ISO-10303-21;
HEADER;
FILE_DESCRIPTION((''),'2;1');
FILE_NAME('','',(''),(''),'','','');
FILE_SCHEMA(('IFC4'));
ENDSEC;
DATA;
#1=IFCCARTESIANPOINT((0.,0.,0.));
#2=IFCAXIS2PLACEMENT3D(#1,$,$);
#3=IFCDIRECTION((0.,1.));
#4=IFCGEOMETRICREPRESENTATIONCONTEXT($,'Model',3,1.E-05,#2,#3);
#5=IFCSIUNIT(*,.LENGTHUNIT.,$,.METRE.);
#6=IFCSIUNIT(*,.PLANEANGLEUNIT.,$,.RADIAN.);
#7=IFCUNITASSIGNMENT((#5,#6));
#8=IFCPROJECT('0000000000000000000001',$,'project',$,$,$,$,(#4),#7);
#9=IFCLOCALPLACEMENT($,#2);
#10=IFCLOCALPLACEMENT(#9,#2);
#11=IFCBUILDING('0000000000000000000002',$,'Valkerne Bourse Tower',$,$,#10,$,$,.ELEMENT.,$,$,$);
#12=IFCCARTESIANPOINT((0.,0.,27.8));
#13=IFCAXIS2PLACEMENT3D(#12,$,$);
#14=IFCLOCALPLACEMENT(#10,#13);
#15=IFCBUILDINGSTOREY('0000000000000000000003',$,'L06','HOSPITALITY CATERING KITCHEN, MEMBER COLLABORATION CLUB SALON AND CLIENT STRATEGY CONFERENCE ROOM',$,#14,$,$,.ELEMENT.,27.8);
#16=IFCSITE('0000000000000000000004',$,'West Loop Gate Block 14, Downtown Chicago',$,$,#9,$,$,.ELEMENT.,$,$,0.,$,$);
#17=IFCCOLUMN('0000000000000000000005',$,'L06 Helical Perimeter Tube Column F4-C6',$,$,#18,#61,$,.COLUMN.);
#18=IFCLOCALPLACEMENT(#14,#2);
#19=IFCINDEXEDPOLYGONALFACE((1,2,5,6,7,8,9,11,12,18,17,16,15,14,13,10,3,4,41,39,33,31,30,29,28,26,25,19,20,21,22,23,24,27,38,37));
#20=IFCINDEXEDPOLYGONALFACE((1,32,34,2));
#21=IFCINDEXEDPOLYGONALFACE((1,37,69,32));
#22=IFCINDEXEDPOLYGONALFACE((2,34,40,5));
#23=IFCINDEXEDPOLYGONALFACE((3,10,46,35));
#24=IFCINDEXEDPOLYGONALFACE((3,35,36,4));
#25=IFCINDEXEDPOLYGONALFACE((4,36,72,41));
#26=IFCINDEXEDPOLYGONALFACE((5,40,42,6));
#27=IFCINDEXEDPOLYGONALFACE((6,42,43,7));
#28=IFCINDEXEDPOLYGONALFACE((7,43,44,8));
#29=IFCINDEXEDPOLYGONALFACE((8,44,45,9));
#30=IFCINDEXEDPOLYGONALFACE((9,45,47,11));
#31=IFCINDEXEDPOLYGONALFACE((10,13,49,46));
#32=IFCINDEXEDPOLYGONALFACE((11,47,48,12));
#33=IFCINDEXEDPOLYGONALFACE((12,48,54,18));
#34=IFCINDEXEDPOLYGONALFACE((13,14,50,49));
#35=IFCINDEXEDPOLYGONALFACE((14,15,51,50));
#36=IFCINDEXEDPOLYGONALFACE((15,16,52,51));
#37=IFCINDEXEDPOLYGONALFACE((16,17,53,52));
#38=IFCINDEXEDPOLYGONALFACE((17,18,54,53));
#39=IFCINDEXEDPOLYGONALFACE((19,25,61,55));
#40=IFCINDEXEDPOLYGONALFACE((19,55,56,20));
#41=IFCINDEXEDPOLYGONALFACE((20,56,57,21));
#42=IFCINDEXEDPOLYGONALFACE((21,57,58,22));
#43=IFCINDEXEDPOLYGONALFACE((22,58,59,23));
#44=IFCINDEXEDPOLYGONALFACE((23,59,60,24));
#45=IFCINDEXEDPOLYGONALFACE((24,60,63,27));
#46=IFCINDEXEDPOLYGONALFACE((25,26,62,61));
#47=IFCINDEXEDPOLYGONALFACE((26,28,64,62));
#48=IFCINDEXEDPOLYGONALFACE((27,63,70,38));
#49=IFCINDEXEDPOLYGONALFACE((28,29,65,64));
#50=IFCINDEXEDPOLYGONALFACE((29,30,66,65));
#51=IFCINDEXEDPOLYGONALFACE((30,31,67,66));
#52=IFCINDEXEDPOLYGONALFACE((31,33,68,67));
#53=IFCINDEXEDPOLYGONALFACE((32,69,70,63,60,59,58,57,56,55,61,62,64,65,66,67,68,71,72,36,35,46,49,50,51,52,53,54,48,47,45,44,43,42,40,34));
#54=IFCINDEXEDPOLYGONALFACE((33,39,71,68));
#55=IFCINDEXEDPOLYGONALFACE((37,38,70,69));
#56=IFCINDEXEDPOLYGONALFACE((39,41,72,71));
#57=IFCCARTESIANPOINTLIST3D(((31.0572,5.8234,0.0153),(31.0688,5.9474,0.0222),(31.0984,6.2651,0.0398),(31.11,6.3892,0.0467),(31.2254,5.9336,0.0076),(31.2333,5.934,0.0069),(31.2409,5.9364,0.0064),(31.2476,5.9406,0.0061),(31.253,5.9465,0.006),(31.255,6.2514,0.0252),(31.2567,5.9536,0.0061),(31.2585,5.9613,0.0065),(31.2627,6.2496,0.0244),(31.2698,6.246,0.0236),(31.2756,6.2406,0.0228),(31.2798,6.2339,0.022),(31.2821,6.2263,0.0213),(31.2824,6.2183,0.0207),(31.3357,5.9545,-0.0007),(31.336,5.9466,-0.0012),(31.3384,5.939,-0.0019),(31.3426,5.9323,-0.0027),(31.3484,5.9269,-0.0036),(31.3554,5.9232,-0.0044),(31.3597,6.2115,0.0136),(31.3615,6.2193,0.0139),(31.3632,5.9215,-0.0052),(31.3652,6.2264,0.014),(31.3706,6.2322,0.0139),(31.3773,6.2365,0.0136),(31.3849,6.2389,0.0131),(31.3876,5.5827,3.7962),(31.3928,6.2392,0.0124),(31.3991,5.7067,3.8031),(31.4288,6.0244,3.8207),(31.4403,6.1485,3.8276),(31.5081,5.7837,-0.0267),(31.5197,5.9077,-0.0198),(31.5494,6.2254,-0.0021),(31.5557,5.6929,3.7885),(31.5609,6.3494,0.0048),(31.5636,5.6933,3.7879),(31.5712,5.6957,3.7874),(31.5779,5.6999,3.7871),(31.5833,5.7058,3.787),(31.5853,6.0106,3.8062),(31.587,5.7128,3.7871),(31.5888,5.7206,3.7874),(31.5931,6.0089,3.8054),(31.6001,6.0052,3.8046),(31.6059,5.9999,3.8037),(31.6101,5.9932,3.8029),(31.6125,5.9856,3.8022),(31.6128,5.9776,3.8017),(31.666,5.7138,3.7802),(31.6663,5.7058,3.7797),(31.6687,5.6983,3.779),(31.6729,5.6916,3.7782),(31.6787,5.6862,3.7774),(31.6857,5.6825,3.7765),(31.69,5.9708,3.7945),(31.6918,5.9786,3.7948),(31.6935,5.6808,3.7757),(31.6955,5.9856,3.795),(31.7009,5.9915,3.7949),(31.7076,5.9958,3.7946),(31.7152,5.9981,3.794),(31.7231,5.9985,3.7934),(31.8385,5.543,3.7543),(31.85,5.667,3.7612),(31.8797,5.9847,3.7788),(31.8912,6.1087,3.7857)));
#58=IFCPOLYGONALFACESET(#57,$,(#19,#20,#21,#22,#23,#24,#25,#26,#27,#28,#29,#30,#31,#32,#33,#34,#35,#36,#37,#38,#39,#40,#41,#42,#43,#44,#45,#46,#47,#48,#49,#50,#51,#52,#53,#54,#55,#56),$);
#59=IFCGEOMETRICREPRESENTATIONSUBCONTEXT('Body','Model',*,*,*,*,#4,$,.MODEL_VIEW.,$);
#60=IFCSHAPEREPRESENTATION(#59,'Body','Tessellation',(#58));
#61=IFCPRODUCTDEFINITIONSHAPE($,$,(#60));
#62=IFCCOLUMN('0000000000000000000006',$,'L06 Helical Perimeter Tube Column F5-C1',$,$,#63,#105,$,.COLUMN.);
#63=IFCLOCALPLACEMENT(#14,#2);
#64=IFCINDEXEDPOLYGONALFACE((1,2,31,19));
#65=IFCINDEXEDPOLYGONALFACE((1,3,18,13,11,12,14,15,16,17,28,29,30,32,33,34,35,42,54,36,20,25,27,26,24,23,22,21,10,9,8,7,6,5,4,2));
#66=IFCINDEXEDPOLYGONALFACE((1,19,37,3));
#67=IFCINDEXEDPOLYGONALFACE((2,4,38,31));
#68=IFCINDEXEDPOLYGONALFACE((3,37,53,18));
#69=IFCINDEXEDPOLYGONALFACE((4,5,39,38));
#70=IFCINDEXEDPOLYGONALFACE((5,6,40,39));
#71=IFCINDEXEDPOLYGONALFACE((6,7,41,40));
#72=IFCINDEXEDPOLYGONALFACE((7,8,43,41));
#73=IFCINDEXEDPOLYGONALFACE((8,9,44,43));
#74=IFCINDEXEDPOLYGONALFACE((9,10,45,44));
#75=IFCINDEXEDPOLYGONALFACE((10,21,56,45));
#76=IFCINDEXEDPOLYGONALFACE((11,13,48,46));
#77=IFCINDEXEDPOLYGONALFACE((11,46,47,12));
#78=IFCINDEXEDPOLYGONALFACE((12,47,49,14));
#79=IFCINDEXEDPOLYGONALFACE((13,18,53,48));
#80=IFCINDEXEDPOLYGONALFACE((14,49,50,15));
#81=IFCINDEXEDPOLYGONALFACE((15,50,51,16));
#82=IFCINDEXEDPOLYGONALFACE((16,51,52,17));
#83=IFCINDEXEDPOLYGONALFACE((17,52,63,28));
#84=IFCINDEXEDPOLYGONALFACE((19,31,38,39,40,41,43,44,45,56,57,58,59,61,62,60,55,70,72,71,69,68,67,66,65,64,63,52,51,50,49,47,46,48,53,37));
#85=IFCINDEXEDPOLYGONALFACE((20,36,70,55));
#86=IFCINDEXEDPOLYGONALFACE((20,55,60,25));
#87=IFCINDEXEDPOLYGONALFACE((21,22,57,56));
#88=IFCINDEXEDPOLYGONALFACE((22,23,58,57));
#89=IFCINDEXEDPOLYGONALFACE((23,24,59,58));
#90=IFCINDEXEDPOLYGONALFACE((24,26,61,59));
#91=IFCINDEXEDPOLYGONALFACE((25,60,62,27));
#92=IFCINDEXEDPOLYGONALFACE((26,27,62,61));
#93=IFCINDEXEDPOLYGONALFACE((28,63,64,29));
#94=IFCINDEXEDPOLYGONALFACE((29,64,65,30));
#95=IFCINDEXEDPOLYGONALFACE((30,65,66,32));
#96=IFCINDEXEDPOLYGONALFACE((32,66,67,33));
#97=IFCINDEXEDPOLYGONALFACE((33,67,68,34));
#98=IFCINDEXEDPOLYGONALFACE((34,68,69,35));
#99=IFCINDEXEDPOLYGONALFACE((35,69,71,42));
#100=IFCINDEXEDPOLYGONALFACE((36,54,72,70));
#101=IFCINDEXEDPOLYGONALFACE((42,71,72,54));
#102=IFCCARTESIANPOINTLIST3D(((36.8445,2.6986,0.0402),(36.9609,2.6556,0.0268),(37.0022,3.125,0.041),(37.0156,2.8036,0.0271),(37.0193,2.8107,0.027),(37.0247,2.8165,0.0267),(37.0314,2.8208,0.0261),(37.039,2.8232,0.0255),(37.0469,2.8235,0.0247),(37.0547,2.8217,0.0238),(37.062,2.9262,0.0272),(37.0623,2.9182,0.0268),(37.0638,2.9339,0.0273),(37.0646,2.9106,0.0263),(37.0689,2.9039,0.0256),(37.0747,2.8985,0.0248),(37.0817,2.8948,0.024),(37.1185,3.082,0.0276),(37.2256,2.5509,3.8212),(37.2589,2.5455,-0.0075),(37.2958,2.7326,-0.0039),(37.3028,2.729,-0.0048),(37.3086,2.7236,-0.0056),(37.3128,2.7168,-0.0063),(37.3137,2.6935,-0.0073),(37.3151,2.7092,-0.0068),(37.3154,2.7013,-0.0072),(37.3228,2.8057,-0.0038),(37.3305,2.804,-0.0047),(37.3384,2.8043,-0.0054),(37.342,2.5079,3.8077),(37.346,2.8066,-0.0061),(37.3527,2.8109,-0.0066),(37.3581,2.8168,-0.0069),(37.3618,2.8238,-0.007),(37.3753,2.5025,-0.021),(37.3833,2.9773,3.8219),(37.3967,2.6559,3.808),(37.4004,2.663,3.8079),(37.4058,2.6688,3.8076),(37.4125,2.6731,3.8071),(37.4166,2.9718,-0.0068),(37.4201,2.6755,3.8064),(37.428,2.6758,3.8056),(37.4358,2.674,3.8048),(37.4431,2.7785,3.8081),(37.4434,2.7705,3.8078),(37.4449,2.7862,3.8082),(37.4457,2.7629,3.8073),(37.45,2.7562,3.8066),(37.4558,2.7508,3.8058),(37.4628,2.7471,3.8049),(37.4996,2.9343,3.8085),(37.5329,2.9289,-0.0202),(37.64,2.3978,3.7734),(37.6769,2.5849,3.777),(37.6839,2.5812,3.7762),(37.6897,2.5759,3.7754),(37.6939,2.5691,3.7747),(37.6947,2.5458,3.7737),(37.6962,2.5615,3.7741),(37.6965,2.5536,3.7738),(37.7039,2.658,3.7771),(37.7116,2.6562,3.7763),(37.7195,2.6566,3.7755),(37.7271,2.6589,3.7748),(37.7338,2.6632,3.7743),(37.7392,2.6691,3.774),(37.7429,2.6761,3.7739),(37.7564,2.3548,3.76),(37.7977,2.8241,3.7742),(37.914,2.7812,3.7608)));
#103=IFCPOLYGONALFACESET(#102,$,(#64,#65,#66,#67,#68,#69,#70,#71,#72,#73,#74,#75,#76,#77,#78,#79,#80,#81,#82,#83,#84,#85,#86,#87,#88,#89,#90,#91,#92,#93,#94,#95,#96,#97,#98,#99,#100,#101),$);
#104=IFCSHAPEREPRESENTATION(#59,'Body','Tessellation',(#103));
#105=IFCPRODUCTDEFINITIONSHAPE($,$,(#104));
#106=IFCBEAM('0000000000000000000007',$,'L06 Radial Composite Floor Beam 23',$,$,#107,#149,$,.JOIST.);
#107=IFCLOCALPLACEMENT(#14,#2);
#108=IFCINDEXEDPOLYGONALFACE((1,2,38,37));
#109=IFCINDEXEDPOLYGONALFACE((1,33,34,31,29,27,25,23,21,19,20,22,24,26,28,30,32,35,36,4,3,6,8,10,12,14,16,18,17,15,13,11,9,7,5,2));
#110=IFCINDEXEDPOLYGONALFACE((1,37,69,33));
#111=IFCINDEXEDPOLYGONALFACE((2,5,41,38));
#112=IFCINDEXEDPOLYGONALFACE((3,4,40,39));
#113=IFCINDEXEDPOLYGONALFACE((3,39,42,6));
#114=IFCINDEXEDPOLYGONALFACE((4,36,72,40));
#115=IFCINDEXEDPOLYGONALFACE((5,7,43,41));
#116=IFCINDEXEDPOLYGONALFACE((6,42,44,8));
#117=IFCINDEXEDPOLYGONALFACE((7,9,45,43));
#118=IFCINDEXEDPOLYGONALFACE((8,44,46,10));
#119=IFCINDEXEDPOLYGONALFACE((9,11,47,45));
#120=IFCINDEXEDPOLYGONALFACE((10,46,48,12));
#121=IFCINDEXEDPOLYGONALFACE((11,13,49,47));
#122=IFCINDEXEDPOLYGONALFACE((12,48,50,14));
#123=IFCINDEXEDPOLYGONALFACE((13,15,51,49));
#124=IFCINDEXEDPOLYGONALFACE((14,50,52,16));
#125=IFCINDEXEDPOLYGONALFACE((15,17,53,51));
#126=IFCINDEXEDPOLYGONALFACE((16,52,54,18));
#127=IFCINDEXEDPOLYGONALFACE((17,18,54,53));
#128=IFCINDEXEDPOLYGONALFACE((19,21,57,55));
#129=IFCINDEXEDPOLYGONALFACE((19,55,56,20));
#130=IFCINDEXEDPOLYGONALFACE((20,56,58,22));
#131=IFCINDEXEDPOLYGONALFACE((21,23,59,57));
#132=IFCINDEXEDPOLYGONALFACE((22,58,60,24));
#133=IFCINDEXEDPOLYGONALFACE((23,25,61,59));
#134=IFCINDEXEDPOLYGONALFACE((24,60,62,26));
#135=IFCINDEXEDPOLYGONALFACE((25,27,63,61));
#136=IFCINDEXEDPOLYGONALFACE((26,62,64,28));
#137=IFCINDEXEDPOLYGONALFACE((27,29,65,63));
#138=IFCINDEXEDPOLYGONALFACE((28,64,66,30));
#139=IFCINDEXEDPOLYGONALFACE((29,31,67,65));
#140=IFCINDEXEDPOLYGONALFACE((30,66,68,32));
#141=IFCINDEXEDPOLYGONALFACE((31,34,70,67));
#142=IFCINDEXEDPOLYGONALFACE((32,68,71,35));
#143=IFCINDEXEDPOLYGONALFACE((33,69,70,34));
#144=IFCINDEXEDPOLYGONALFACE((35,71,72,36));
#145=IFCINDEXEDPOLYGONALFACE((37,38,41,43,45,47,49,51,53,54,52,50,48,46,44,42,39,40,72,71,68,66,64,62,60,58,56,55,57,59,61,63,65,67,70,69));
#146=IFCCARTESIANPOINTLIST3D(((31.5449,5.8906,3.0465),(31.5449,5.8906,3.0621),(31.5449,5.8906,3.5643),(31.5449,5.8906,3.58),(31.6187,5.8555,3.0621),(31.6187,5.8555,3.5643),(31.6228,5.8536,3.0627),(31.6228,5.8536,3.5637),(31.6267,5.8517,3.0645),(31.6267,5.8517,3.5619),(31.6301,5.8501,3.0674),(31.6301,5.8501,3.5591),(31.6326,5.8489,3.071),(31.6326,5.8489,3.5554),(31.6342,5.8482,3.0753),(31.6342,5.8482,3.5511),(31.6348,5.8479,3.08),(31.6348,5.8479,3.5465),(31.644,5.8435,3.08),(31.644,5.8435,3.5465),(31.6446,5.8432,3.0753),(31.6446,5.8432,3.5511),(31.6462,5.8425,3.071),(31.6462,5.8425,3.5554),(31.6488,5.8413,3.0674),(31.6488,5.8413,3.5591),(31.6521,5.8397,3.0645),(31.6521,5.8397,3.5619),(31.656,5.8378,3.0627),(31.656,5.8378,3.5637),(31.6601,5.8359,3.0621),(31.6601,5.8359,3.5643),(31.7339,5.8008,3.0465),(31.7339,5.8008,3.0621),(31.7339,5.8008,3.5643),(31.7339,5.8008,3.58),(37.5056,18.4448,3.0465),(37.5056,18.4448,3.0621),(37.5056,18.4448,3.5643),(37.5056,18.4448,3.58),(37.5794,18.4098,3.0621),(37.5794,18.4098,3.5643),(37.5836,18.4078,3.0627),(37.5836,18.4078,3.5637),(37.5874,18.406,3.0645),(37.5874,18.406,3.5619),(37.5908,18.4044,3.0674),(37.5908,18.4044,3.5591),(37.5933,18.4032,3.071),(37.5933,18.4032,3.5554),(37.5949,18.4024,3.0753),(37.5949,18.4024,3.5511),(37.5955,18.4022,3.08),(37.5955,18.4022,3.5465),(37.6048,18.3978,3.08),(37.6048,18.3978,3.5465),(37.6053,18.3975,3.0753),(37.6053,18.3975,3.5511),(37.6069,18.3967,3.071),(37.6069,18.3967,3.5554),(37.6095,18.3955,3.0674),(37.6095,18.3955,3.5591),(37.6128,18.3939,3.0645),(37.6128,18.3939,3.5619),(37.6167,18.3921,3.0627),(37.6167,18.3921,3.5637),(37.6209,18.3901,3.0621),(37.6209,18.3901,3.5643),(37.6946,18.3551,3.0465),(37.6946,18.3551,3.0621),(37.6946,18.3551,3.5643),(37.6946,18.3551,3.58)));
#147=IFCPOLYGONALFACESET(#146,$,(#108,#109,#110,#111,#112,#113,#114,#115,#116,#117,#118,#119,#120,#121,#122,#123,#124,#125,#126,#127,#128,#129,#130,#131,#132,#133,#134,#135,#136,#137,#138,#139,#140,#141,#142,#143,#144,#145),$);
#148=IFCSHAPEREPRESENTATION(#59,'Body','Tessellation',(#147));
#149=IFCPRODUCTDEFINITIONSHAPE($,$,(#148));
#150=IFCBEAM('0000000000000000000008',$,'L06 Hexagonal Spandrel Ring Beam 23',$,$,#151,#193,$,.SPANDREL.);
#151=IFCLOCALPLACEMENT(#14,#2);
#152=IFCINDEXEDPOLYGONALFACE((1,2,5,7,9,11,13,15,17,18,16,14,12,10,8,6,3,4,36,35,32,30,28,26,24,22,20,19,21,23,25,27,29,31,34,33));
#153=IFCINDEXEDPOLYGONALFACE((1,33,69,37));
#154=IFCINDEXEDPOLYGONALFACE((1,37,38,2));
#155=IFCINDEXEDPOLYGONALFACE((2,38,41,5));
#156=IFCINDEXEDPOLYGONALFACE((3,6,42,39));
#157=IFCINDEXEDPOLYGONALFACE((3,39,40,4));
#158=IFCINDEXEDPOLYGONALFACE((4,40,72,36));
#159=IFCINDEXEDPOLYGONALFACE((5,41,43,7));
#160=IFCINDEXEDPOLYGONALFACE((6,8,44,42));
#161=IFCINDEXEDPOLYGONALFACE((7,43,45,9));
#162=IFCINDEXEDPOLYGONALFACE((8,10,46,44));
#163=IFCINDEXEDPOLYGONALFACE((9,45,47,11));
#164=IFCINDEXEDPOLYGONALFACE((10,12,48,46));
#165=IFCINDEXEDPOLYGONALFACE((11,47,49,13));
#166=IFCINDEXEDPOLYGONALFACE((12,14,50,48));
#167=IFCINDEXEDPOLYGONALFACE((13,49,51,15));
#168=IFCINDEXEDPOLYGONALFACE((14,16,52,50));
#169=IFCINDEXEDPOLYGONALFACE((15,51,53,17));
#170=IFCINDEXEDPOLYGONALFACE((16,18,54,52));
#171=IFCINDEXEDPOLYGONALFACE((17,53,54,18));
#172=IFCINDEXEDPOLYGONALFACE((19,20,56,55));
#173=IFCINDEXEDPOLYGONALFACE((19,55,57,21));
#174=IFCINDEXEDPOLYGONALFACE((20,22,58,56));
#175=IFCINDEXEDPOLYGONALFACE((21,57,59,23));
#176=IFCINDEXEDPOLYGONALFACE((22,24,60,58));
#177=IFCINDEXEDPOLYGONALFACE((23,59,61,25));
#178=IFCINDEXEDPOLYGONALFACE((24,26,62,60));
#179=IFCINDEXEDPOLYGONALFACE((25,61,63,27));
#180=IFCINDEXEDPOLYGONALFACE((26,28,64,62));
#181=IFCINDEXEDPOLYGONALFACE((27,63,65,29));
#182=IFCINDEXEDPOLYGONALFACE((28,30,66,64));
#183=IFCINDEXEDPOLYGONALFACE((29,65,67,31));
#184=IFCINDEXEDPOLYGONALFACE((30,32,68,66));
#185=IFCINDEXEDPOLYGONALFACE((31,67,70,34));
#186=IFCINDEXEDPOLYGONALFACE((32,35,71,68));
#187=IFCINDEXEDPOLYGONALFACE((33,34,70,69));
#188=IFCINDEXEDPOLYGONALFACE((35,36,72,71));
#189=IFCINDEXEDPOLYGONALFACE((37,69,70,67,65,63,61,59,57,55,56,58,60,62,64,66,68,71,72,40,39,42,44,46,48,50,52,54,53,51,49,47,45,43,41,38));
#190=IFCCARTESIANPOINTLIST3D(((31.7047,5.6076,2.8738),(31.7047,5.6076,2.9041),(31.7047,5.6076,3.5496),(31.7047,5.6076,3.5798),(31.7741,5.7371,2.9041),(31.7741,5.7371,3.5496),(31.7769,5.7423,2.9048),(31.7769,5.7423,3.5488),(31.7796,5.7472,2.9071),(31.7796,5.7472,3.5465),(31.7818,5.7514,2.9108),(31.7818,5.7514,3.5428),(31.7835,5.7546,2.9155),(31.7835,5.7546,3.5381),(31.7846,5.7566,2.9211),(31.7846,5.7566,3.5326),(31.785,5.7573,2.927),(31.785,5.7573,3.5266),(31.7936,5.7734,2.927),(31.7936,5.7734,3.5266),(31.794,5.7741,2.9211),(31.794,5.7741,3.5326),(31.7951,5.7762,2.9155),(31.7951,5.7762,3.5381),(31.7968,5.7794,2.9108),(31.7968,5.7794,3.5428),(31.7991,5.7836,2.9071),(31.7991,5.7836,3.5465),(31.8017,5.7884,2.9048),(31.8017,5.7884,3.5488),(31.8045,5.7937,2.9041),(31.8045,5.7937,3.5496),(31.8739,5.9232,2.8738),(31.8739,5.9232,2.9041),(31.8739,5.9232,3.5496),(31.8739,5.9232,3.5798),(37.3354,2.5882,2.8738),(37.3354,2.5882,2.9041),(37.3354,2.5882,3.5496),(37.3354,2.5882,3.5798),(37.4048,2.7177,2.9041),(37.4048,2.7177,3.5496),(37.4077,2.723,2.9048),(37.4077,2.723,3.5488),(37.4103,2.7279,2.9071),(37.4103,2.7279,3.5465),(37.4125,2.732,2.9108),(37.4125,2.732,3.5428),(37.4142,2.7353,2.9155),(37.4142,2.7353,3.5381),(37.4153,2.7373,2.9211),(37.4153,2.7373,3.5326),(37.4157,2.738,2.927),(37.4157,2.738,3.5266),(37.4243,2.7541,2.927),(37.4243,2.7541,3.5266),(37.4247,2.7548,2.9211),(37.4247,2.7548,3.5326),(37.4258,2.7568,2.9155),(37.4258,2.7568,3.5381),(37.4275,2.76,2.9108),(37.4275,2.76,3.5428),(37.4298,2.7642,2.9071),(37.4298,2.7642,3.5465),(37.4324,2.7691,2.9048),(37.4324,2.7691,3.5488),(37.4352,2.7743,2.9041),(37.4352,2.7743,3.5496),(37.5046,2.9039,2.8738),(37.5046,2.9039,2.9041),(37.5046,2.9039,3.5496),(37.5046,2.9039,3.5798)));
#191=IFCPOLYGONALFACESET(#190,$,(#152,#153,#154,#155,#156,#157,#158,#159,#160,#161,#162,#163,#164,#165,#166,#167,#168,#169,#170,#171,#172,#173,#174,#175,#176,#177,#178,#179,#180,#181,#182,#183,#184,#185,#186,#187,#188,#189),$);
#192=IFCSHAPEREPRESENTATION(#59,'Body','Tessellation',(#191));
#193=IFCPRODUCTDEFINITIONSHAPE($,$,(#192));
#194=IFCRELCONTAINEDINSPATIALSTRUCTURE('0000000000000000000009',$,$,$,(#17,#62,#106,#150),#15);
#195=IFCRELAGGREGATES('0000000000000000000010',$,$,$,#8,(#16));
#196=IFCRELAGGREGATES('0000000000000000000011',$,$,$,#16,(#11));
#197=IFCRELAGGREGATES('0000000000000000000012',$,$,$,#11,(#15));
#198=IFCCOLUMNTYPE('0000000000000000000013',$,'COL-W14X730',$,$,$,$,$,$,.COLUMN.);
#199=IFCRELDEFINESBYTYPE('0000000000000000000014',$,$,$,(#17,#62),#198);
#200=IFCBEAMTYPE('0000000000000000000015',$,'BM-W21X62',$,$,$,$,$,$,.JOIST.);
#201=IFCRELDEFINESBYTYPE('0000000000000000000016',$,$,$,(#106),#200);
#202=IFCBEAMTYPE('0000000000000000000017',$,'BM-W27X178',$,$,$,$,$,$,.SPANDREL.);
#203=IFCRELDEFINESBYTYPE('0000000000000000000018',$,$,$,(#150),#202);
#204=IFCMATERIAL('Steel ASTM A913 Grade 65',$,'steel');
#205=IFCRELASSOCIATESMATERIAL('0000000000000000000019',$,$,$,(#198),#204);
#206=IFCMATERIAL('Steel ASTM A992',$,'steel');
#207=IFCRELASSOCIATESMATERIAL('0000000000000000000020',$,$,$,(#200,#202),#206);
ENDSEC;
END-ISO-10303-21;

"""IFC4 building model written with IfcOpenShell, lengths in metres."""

from ifc_helpers import new_model, si_unit, direction, frame, origin, origin_2d, place, context, subcontext, project, spatial, i_section, extrude, material, material_profile, profile_set, type_object, element, save


model = new_model("IFC4")

# Units and contexts
model_context = context("Model", 3, precision=1e-05, world=origin(), true_north=direction((0.0, 1.0)))
body_context = subcontext(model_context, "Body", "Model", "MODEL_VIEW")
ifc_project = project(units=[si_unit("LENGTHUNIT", "METRE"), si_unit("PLANEANGLEUNIT", "RADIAN")], contexts=[model_context])

# Site, building, storey
site_placement = place(None, origin())
site = spatial("IfcSite", under=ifc_project, at=site_placement, Name="West Loop Gate Block 14, Downtown Chicago", CompositionType="ELEMENT", RefElevation=0.0)
building_placement = place(site_placement, origin())
building = spatial("IfcBuilding", under=site, at=building_placement, Name="Valkerne Bourse Tower", CompositionType="ELEMENT")
storey_placement = place(building_placement, frame((0.0, 0.0, 27.8)))
storey = spatial("IfcBuildingStorey", under=building, at=storey_placement, Name="L06", Description="HOSPITALITY CATERING KITCHEN, MEMBER COLLABORATION CLUB SALON AND CLIENT STRATEGY CONFERENCE ROOM", CompositionType="ELEMENT", Elevation=27.8)

# Columns
ifc_material_1 = material(Name="Steel ASTM A913 Grade 65", Category="steel")
ifc_material_profile_1 = material_profile(ifc_material_1, i_section(OverallWidth=0.4546, OverallDepth=0.5691, WebThickness=0.0779, FlangeThickness=0.1248, FilletRadius=0.0305, at=origin_2d()), Name="W14X730")
ifc_profile_set_1 = profile_set([ifc_material_profile_1], Name="Steel ASTM A913 Grade 65")
column_type = type_object("IfcColumnType", Name="COL-W14X730", PredefinedType="COLUMN", material=ifc_profile_set_1)
for number, where, z_axis, x_axis, name in (
    (1, (31.3091, 6.0864, 0.01), (0.086858, -0.063298, 0.994208), (0.991895, -0.087405, -0.09222), "L06 Helical Perimeter Tube Column F4-C6"),
    (2, (37.1887, 2.8137, 0.01), (0.10021, -0.038839, 0.994208), (0.346774, 0.937947, 0.001688), "L06 Helical Perimeter Tube Column F5-C1"),
):
    element("IfcColumn", number, at=place(storey_placement, frame(where, z_axis=z_axis, x_axis=x_axis)), inside=storey, type_object=column_type, Name=name, PredefinedType="COLUMN", context=body_context, shape_type="SweptSolid", body=[
        extrude(i_section(OverallWidth=0.4546, OverallDepth=0.5691, WebThickness=0.0779, FlangeThickness=0.1248, FilletRadius=0.0305, at=origin_2d()), origin(), (0.0, 0.0, 1.0), 3.803),
    ])

# Beams
ifc_material_2 = material(Name="Steel ASTM A992", Category="steel")
ifc_material_profile_2 = material_profile(ifc_material_2, i_section(OverallWidth=0.2092, OverallDepth=0.5334, WebThickness=0.0103, FlangeThickness=0.0156, FilletRadius=0.0178, at=origin_2d()), Name="W21X62")
ifc_profile_set_2 = profile_set([ifc_material_profile_2], Name="Steel ASTM A992")
beam_type_1 = type_object("IfcBeamType", Name="BM-W21X62", PredefinedType="JOIST", material=ifc_profile_set_2)
beam_1_placement = place(storey_placement, frame((31.6394, 5.8457, 3.3132), z_axis=(0.428907, 0.903349, 0.0), x_axis=(-0.903349, 0.428907, 0.0)))
element("IfcBeam", 3, at=beam_1_placement, inside=storey, type_object=beam_type_1, Name="L06 Radial Composite Floor Beam 23", PredefinedType="JOIST", context=body_context, shape_type="SweptSolid", body=[
    extrude(i_section(OverallWidth=0.2092, OverallDepth=0.5334, WebThickness=0.0103, FlangeThickness=0.0156, FilletRadius=0.0178, at=origin_2d()), origin(), (0.0, 0.0, 1.0), 13.8975),
])
ifc_material_profile_3 = material_profile(ifc_material_2, i_section(OverallWidth=0.3582, OverallDepth=0.7061, WebThickness=0.0183, FlangeThickness=0.0303, FilletRadius=0.0229, at=origin_2d()), Name="W27X178")
ifc_profile_set_3 = profile_set([ifc_material_profile_3], Name="Steel ASTM A992")
beam_type_2 = type_object("IfcBeamType", Name="BM-W27X178", PredefinedType="SPANDREL", material=ifc_profile_set_3)
beam_2_placement = place(storey_placement, frame((31.7893, 5.7654, 3.2268), z_axis=(0.881292, -0.472572, 0.0), x_axis=(0.472572, 0.881292, 0.0)))
element("IfcBeam", 4, at=beam_2_placement, inside=storey, type_object=beam_type_2, Name="L06 Hexagonal Spandrel Ring Beam 23", PredefinedType="SPANDREL", context=body_context, shape_type="SweptSolid", body=[
    extrude(i_section(OverallWidth=0.3582, OverallDepth=0.7061, WebThickness=0.0183, FlangeThickness=0.0303, FilletRadius=0.0229, at=origin_2d()), origin(), (0.0, 0.0, 1.0), 6.3892),
])

save(model, "model.ifc")
